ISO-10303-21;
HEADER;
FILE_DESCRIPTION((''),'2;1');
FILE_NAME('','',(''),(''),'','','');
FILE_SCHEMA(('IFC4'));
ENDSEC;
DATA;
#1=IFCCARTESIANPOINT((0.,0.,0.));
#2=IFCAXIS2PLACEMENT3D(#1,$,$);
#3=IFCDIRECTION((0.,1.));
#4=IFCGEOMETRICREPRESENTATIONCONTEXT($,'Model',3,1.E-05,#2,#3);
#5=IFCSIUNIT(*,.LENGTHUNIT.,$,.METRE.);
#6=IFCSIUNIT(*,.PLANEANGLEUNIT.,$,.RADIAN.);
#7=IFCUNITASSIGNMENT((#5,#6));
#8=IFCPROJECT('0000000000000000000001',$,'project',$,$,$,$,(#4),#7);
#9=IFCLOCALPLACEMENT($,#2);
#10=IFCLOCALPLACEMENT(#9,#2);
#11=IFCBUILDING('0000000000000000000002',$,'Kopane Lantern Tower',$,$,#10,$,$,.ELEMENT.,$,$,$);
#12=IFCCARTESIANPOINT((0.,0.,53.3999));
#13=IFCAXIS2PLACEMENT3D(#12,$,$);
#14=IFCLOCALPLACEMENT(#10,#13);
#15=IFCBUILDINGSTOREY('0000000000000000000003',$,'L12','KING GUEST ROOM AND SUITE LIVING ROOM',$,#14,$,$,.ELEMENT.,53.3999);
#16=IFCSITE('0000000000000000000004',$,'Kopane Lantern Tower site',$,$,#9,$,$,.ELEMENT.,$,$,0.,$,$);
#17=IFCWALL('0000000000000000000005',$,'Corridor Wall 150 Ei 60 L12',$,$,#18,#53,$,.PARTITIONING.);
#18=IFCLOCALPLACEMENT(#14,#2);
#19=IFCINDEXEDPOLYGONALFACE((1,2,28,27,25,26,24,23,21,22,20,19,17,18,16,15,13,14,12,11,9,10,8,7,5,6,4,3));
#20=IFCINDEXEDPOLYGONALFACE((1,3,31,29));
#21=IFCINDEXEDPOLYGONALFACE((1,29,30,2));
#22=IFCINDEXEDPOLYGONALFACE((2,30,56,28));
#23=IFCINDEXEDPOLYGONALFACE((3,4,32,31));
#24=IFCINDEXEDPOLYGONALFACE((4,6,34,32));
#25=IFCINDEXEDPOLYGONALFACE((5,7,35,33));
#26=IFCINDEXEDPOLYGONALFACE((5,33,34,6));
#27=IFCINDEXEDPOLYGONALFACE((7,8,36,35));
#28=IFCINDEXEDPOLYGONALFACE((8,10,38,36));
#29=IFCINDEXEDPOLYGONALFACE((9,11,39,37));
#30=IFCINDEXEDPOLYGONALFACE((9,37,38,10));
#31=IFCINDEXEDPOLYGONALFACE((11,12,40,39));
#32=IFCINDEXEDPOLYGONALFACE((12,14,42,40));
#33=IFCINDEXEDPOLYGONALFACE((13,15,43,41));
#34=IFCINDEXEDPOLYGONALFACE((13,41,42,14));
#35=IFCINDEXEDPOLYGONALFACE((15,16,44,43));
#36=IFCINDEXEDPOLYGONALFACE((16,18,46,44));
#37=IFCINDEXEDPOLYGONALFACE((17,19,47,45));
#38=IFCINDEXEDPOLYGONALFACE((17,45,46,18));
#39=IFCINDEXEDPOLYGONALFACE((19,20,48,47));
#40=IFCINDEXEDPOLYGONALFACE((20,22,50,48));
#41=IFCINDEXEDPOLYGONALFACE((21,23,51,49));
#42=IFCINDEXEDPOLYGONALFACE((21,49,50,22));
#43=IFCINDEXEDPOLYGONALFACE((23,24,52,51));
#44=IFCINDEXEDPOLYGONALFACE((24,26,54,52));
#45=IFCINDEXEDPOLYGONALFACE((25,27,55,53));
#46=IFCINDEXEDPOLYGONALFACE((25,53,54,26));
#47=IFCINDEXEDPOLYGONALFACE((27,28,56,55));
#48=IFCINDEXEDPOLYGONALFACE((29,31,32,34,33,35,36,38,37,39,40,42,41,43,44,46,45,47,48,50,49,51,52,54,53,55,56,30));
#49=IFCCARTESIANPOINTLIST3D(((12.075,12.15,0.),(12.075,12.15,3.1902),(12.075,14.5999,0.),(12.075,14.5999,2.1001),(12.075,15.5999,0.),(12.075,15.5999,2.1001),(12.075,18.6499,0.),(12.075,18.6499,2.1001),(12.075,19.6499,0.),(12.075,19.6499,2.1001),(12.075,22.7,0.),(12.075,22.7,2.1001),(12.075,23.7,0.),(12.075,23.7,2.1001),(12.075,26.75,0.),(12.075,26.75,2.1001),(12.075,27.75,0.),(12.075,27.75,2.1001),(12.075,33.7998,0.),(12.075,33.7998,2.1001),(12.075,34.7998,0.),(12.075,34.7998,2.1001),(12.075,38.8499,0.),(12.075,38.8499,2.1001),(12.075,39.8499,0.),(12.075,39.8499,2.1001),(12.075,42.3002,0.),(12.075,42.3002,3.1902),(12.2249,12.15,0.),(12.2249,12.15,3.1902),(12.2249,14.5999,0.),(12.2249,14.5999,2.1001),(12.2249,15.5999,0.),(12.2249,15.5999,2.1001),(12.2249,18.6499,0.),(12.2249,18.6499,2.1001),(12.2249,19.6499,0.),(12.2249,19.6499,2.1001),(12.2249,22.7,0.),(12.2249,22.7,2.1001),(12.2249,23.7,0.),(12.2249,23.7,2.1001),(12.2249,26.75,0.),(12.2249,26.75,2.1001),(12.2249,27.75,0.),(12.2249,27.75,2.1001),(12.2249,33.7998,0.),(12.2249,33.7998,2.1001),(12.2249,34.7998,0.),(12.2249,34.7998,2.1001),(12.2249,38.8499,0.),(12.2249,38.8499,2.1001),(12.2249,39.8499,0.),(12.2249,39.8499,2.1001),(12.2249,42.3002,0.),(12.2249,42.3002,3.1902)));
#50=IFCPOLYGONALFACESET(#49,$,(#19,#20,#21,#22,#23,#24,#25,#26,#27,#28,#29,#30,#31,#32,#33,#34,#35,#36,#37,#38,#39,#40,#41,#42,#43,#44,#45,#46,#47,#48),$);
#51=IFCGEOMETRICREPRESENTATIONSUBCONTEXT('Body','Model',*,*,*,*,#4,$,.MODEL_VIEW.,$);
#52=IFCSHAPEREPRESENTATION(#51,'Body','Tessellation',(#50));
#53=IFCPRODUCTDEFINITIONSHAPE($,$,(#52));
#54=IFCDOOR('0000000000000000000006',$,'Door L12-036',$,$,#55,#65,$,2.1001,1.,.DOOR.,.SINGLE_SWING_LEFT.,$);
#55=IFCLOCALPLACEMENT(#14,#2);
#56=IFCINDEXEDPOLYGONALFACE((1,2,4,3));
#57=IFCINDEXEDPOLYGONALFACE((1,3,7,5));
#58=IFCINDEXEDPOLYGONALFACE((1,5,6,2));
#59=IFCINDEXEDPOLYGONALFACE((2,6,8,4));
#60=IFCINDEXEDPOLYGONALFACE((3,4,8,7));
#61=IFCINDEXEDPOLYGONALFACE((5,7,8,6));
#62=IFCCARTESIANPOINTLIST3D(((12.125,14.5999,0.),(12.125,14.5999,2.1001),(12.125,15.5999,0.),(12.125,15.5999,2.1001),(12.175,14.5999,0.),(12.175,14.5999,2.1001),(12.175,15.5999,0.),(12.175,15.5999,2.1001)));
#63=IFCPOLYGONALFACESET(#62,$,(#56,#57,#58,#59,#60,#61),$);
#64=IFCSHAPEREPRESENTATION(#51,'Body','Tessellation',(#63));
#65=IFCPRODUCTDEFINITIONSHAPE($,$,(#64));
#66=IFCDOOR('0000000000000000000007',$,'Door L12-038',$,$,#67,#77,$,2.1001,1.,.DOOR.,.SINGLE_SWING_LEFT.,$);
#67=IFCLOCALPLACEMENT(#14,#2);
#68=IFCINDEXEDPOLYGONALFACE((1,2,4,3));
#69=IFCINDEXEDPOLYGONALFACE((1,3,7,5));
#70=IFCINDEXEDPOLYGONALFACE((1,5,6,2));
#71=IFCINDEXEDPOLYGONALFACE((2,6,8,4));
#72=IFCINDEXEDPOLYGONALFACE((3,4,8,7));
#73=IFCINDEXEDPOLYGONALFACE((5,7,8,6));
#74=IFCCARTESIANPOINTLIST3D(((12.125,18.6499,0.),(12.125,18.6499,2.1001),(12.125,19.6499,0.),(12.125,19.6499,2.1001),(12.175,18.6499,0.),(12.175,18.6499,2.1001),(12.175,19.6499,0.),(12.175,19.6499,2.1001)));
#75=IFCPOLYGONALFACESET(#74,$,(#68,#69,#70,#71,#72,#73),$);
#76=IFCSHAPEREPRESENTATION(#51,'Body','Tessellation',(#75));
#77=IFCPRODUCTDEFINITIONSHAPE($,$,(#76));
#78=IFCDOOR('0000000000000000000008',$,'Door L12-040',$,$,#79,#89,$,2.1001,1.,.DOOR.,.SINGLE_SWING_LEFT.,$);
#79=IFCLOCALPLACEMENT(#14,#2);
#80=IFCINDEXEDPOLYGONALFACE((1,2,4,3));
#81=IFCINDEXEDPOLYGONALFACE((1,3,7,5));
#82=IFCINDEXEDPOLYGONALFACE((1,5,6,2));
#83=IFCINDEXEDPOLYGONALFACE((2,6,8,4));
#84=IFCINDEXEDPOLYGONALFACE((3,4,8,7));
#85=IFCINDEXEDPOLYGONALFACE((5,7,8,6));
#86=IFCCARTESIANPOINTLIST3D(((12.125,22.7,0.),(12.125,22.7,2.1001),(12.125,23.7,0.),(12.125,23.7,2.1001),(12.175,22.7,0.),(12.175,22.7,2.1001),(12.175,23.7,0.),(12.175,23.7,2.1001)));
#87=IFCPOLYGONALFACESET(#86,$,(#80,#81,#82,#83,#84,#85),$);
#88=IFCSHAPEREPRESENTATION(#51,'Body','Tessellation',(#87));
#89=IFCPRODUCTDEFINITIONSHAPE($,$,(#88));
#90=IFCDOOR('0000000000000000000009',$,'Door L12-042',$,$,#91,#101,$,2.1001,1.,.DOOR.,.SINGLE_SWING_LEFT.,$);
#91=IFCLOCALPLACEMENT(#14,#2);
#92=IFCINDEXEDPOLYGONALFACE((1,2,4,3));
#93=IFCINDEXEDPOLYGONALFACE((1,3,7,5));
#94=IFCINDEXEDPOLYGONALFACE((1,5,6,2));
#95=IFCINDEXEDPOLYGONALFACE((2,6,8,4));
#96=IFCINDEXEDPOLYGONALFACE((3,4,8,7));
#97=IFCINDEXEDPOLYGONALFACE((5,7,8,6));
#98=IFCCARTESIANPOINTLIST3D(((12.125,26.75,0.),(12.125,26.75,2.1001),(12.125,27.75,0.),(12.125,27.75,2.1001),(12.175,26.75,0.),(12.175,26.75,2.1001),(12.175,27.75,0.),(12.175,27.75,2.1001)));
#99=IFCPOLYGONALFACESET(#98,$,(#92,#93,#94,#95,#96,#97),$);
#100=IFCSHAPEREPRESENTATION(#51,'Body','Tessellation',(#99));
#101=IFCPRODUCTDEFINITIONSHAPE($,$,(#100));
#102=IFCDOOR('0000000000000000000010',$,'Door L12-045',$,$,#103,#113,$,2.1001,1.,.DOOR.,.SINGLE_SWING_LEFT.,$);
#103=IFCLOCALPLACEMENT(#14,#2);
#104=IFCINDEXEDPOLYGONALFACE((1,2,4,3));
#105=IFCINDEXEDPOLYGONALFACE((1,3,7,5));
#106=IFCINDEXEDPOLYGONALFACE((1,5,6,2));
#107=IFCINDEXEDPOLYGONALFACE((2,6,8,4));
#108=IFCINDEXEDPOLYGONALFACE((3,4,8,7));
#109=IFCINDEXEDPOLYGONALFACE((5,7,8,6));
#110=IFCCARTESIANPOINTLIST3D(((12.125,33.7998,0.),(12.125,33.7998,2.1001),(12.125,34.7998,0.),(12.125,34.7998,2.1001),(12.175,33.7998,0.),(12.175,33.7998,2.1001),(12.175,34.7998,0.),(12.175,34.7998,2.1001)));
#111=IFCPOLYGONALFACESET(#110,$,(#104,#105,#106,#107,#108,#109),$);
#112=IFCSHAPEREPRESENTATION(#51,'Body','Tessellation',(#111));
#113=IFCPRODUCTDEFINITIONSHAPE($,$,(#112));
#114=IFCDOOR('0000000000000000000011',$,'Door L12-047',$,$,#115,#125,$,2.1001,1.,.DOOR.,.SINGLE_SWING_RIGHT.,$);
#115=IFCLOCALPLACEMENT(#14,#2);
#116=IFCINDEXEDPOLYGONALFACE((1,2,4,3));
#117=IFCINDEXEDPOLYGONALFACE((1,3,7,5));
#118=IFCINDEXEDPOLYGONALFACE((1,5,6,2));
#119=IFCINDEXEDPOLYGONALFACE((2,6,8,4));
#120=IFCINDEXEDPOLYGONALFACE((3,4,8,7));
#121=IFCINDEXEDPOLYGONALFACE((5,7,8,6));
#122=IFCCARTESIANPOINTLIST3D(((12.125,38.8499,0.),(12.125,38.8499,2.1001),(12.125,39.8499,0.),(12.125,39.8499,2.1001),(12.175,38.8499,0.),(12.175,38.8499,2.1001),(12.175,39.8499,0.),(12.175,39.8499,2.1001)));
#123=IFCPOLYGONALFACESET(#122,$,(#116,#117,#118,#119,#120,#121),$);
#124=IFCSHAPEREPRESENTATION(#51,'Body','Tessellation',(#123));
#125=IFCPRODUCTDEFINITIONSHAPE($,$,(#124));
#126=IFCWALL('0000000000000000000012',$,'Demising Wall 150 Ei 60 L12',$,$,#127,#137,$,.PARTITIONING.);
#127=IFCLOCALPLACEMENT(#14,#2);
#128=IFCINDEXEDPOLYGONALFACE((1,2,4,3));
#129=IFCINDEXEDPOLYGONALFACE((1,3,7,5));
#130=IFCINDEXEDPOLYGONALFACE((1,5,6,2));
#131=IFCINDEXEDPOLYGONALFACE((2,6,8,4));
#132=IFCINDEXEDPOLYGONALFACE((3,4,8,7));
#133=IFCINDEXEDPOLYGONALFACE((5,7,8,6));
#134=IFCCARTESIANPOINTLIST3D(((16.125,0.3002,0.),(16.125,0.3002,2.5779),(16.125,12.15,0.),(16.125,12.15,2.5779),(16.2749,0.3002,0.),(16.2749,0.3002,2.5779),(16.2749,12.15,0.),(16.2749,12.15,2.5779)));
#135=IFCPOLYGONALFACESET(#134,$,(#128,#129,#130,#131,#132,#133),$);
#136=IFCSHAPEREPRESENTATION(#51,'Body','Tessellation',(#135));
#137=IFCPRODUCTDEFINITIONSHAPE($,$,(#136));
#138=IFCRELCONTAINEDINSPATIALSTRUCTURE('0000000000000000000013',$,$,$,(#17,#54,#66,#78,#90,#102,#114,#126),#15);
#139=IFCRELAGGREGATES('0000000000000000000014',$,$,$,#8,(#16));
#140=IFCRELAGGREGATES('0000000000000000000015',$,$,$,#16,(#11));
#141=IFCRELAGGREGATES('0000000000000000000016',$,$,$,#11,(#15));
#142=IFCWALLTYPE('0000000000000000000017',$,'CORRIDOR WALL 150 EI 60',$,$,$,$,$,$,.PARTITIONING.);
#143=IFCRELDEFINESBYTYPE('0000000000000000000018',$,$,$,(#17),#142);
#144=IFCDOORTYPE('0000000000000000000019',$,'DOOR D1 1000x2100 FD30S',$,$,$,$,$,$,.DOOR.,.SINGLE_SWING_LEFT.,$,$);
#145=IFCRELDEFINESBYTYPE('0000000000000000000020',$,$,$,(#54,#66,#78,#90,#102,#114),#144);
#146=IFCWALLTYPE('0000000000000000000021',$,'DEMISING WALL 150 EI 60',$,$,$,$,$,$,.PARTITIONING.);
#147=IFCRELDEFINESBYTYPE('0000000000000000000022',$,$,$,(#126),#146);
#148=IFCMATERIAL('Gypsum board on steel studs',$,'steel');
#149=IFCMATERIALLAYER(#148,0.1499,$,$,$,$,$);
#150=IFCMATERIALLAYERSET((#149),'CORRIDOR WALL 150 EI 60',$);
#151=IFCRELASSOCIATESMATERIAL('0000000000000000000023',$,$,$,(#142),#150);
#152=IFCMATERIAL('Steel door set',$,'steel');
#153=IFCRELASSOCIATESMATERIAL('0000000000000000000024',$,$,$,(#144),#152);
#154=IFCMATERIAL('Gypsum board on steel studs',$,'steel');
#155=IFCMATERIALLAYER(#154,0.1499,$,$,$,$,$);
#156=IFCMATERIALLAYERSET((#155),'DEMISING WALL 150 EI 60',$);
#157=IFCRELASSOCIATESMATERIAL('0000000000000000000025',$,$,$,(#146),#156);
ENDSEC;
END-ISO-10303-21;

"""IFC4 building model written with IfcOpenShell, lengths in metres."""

from ifc_helpers import new_model, si_unit, direction, frame, frame_2d, origin, place, context, subcontext, project, spatial, rectangle, extrude, material, layer, layer_set, type_object, element, fill, save


model = new_model("IFC4")

# Units and contexts
model_context = context("Model", 3, precision=1e-05, world=origin(), true_north=direction((0.0, 1.0)))
body_context = subcontext(model_context, "Body", "Model", "MODEL_VIEW")
ifc_project = project(units=[si_unit("LENGTHUNIT", "METRE"), si_unit("PLANEANGLEUNIT", "RADIAN")], contexts=[model_context])

# Site, building, storey
site_placement = place(None, origin())
site = spatial("IfcSite", under=ifc_project, at=site_placement, Name="Kopane Lantern Tower site", CompositionType="ELEMENT", RefElevation=0.0)
building_placement = place(site_placement, origin())
building = spatial("IfcBuilding", under=site, at=building_placement, Name="Kopane Lantern Tower", CompositionType="ELEMENT")
storey_placement = place(building_placement, frame((0.0, 0.0, 53.3999)))
storey = spatial("IfcBuildingStorey", under=building, at=storey_placement, Name="L12", Description="KING GUEST ROOM AND SUITE LIVING ROOM", CompositionType="ELEMENT", Elevation=53.3999)

# Wall, openings, doors
ifc_material_1 = material(Name="Gypsum board on steel studs", Category="steel")
ifc_layer_1 = layer(ifc_material_1, 0.1499)
ifc_layer_set_1 = layer_set([ifc_layer_1], Name="CORRIDOR WALL 150 EI 60")
wall_type_1 = type_object("IfcWallType", Name="CORRIDOR WALL 150 EI 60", PredefinedType="PARTITIONING", material=ifc_layer_set_1)
ifc_material_2 = material(Name="Steel door set", Category="steel")
door_type = type_object("IfcDoorType", Name="DOOR D1 1000x2100 FD30S", OperationType="SINGLE_SWING_LEFT", PredefinedType="DOOR", material=ifc_material_2)
wall_1_placement = place(storey_placement, frame((12.1499, 12.1499, 0.0), z_axis=(0.0, 0.0, 1.0), x_axis=(0.0, 1.0, 0.0)))
wall_1 = element("IfcWall", 1, at=wall_1_placement, inside=storey, type_object=wall_type_1, Name="Corridor Wall 150 Ei 60 L12", PredefinedType="PARTITIONING", context=body_context, shape_type="SweptSolid", body=[
    extrude(rectangle(XDim=30.1501, YDim=0.1499, at=frame_2d((15.0752, 0.0))), origin(), (0.0, 0.0, 1.0), 3.1902),
])
opening_1_placement = place(wall_1_placement, frame((2.45, 0.0, 0.0)))
opening_1 = element("IfcOpeningElement", 2, at=opening_1_placement, cuts=wall_1, PredefinedType="OPENING", context=body_context, shape_type="SweptSolid", body=[
    extrude(rectangle(XDim=1.0, YDim=2.1001, at=frame_2d((0.5, 1.05))), frame((0.0, 0.085, 0.0), z_axis=(0.0, -1.0, 0.0), x_axis=(1.0, 0.0, 0.0)), (0.0, 0.0, 1.0), 0.1699),
])
opening_2_placement = place(wall_1_placement, frame((6.5, 0.0, 0.0)))
opening_2 = element("IfcOpeningElement", 3, at=opening_2_placement, cuts=wall_1, PredefinedType="OPENING", context=body_context, shape_type="SweptSolid", body=[
    extrude(rectangle(XDim=1.0, YDim=2.1001, at=frame_2d((0.5, 1.05))), frame((0.0, 0.085, 0.0), z_axis=(0.0, -1.0, 0.0), x_axis=(1.0, 0.0, 0.0)), (0.0, 0.0, 1.0), 0.1699),
])
opening_3_placement = place(wall_1_placement, frame((10.55, 0.0, 0.0)))
opening_3 = element("IfcOpeningElement", 4, at=opening_3_placement, cuts=wall_1, PredefinedType="OPENING", context=body_context, shape_type="SweptSolid", body=[
    extrude(rectangle(XDim=1.0, YDim=2.1001, at=frame_2d((0.5, 1.05))), frame((0.0, 0.085, 0.0), z_axis=(0.0, -1.0, 0.0), x_axis=(1.0, 0.0, 0.0)), (0.0, 0.0, 1.0), 0.1699),
])
opening_4_placement = place(wall_1_placement, frame((14.6001, 0.0, 0.0)))
opening_4 = element("IfcOpeningElement", 5, at=opening_4_placement, cuts=wall_1, PredefinedType="OPENING", context=body_context, shape_type="SweptSolid", body=[
    extrude(rectangle(XDim=1.0, YDim=2.1001, at=frame_2d((0.5, 1.05))), frame((0.0, 0.085, 0.0), z_axis=(0.0, -1.0, 0.0), x_axis=(1.0, 0.0, 0.0)), (0.0, 0.0, 1.0), 0.1699),
])
opening_5_placement = place(wall_1_placement, frame((21.6499, 0.0, 0.0)))
opening_5 = element("IfcOpeningElement", 6, at=opening_5_placement, cuts=wall_1, PredefinedType="OPENING", context=body_context, shape_type="SweptSolid", body=[
    extrude(rectangle(XDim=1.0, YDim=2.1001, at=frame_2d((0.5, 1.05))), frame((0.0, 0.085, 0.0), z_axis=(0.0, -1.0, 0.0), x_axis=(1.0, 0.0, 0.0)), (0.0, 0.0, 1.0), 0.1699),
])
opening_6_placement = place(wall_1_placement, frame((26.7, 0.0, 0.0)))
opening_6 = element("IfcOpeningElement", 7, at=opening_6_placement, cuts=wall_1, PredefinedType="OPENING", context=body_context, shape_type="SweptSolid", body=[
    extrude(rectangle(XDim=1.0, YDim=2.1001, at=frame_2d((0.5, 1.05))), frame((0.0, 0.085, 0.0), z_axis=(0.0, -1.0, 0.0), x_axis=(1.0, 0.0, 0.0)), (0.0, 0.0, 1.0), 0.1699),
])
door_1_placement = place(opening_1_placement, origin())
door_1 = element("IfcDoor", 8, at=door_1_placement, inside=storey, type_object=door_type, Name="Door L12-036", OperationType="SINGLE_SWING_LEFT", OverallHeight=2.1001, OverallWidth=1.0, PredefinedType="DOOR", context=body_context, shape_type="SweptSolid", body=[
    extrude(rectangle(XDim=1.0, YDim=2.1001, at=frame_2d((0.5, 1.05))), frame((0.0, 0.0249, 0.0), z_axis=(0.0, -1.0, 0.0), x_axis=(1.0, 0.0, 0.0)), (0.0, 0.0, 1.0), 0.05),
])
fill(opening_1, door_1)
door_2_placement = place(opening_2_placement, origin())
door_2 = element("IfcDoor", 9, at=door_2_placement, inside=storey, type_object=door_type, Name="Door L12-038", OperationType="SINGLE_SWING_LEFT", OverallHeight=2.1001, OverallWidth=1.0, PredefinedType="DOOR", context=body_context, shape_type="SweptSolid", body=[
    extrude(rectangle(XDim=1.0, YDim=2.1001, at=frame_2d((0.5, 1.05))), frame((0.0, 0.0249, 0.0), z_axis=(0.0, -1.0, 0.0), x_axis=(1.0, 0.0, 0.0)), (0.0, 0.0, 1.0), 0.05),
])
fill(opening_2, door_2)
door_3_placement = place(opening_3_placement, origin())
door_3 = element("IfcDoor", 10, at=door_3_placement, inside=storey, type_object=door_type, Name="Door L12-040", OperationType="SINGLE_SWING_LEFT", OverallHeight=2.1001, OverallWidth=1.0, PredefinedType="DOOR", context=body_context, shape_type="SweptSolid", body=[
    extrude(rectangle(XDim=1.0, YDim=2.1001, at=frame_2d((0.5, 1.05))), frame((0.0, 0.0249, 0.0), z_axis=(0.0, -1.0, 0.0), x_axis=(1.0, 0.0, 0.0)), (0.0, 0.0, 1.0), 0.05),
])
fill(opening_3, door_3)
door_4_placement = place(opening_4_placement, origin())
door_4 = element("IfcDoor", 11, at=door_4_placement, inside=storey, type_object=door_type, Name="Door L12-042", OperationType="SINGLE_SWING_LEFT", OverallHeight=2.1001, OverallWidth=1.0, PredefinedType="DOOR", context=body_context, shape_type="SweptSolid", body=[
    extrude(rectangle(XDim=1.0, YDim=2.1001, at=frame_2d((0.5, 1.05))), frame((0.0, 0.0249, 0.0), z_axis=(0.0, -1.0, 0.0), x_axis=(1.0, 0.0, 0.0)), (0.0, 0.0, 1.0), 0.05),
])
fill(opening_4, door_4)
door_5_placement = place(opening_5_placement, origin())
door_5 = element("IfcDoor", 12, at=door_5_placement, inside=storey, type_object=door_type, Name="Door L12-045", OperationType="SINGLE_SWING_LEFT", OverallHeight=2.1001, OverallWidth=1.0, PredefinedType="DOOR", context=body_context, shape_type="SweptSolid", body=[
    extrude(rectangle(XDim=1.0, YDim=2.1001, at=frame_2d((0.5, 1.05))), frame((0.0, 0.0249, 0.0), z_axis=(0.0, -1.0, 0.0), x_axis=(1.0, 0.0, 0.0)), (0.0, 0.0, 1.0), 0.05),
])
fill(opening_5, door_5)
door_6_placement = place(opening_6_placement, origin())
door_6 = element("IfcDoor", 13, at=door_6_placement, inside=storey, type_object=door_type, Name="Door L12-047", OperationType="SINGLE_SWING_RIGHT", OverallHeight=2.1001, OverallWidth=1.0, PredefinedType="DOOR", context=body_context, shape_type="SweptSolid", body=[
    extrude(rectangle(XDim=1.0, YDim=2.1001, at=frame_2d((0.5, 1.05))), frame((0.0, 0.0249, 0.0), z_axis=(0.0, -1.0, 0.0), x_axis=(1.0, 0.0, 0.0)), (0.0, 0.0, 1.0), 0.05),
])
fill(opening_6, door_6)

# Wall
ifc_material_3 = material(Name="Gypsum board on steel studs", Category="steel")
ifc_layer_2 = layer(ifc_material_3, 0.1499)
ifc_layer_set_2 = layer_set([ifc_layer_2], Name="DEMISING WALL 150 EI 60")
wall_type_2 = type_object("IfcWallType", Name="DEMISING WALL 150 EI 60", PredefinedType="PARTITIONING", material=ifc_layer_set_2)
wall_2_placement = place(storey_placement, frame((16.2, 12.1499, 0.0), z_axis=(0.0, 0.0, 1.0), x_axis=(0.0, -1.0, 0.0)))
element("IfcWall", 14, at=wall_2_placement, inside=storey, type_object=wall_type_2, Name="Demising Wall 150 Ei 60 L12", PredefinedType="PARTITIONING", context=body_context, shape_type="SweptSolid", body=[
    extrude(rectangle(XDim=11.8499, YDim=0.1499, at=frame_2d((5.9248, 0.0))), origin(), (0.0, 0.0, 1.0), 2.5779),
])

save(model, "model.ifc")
